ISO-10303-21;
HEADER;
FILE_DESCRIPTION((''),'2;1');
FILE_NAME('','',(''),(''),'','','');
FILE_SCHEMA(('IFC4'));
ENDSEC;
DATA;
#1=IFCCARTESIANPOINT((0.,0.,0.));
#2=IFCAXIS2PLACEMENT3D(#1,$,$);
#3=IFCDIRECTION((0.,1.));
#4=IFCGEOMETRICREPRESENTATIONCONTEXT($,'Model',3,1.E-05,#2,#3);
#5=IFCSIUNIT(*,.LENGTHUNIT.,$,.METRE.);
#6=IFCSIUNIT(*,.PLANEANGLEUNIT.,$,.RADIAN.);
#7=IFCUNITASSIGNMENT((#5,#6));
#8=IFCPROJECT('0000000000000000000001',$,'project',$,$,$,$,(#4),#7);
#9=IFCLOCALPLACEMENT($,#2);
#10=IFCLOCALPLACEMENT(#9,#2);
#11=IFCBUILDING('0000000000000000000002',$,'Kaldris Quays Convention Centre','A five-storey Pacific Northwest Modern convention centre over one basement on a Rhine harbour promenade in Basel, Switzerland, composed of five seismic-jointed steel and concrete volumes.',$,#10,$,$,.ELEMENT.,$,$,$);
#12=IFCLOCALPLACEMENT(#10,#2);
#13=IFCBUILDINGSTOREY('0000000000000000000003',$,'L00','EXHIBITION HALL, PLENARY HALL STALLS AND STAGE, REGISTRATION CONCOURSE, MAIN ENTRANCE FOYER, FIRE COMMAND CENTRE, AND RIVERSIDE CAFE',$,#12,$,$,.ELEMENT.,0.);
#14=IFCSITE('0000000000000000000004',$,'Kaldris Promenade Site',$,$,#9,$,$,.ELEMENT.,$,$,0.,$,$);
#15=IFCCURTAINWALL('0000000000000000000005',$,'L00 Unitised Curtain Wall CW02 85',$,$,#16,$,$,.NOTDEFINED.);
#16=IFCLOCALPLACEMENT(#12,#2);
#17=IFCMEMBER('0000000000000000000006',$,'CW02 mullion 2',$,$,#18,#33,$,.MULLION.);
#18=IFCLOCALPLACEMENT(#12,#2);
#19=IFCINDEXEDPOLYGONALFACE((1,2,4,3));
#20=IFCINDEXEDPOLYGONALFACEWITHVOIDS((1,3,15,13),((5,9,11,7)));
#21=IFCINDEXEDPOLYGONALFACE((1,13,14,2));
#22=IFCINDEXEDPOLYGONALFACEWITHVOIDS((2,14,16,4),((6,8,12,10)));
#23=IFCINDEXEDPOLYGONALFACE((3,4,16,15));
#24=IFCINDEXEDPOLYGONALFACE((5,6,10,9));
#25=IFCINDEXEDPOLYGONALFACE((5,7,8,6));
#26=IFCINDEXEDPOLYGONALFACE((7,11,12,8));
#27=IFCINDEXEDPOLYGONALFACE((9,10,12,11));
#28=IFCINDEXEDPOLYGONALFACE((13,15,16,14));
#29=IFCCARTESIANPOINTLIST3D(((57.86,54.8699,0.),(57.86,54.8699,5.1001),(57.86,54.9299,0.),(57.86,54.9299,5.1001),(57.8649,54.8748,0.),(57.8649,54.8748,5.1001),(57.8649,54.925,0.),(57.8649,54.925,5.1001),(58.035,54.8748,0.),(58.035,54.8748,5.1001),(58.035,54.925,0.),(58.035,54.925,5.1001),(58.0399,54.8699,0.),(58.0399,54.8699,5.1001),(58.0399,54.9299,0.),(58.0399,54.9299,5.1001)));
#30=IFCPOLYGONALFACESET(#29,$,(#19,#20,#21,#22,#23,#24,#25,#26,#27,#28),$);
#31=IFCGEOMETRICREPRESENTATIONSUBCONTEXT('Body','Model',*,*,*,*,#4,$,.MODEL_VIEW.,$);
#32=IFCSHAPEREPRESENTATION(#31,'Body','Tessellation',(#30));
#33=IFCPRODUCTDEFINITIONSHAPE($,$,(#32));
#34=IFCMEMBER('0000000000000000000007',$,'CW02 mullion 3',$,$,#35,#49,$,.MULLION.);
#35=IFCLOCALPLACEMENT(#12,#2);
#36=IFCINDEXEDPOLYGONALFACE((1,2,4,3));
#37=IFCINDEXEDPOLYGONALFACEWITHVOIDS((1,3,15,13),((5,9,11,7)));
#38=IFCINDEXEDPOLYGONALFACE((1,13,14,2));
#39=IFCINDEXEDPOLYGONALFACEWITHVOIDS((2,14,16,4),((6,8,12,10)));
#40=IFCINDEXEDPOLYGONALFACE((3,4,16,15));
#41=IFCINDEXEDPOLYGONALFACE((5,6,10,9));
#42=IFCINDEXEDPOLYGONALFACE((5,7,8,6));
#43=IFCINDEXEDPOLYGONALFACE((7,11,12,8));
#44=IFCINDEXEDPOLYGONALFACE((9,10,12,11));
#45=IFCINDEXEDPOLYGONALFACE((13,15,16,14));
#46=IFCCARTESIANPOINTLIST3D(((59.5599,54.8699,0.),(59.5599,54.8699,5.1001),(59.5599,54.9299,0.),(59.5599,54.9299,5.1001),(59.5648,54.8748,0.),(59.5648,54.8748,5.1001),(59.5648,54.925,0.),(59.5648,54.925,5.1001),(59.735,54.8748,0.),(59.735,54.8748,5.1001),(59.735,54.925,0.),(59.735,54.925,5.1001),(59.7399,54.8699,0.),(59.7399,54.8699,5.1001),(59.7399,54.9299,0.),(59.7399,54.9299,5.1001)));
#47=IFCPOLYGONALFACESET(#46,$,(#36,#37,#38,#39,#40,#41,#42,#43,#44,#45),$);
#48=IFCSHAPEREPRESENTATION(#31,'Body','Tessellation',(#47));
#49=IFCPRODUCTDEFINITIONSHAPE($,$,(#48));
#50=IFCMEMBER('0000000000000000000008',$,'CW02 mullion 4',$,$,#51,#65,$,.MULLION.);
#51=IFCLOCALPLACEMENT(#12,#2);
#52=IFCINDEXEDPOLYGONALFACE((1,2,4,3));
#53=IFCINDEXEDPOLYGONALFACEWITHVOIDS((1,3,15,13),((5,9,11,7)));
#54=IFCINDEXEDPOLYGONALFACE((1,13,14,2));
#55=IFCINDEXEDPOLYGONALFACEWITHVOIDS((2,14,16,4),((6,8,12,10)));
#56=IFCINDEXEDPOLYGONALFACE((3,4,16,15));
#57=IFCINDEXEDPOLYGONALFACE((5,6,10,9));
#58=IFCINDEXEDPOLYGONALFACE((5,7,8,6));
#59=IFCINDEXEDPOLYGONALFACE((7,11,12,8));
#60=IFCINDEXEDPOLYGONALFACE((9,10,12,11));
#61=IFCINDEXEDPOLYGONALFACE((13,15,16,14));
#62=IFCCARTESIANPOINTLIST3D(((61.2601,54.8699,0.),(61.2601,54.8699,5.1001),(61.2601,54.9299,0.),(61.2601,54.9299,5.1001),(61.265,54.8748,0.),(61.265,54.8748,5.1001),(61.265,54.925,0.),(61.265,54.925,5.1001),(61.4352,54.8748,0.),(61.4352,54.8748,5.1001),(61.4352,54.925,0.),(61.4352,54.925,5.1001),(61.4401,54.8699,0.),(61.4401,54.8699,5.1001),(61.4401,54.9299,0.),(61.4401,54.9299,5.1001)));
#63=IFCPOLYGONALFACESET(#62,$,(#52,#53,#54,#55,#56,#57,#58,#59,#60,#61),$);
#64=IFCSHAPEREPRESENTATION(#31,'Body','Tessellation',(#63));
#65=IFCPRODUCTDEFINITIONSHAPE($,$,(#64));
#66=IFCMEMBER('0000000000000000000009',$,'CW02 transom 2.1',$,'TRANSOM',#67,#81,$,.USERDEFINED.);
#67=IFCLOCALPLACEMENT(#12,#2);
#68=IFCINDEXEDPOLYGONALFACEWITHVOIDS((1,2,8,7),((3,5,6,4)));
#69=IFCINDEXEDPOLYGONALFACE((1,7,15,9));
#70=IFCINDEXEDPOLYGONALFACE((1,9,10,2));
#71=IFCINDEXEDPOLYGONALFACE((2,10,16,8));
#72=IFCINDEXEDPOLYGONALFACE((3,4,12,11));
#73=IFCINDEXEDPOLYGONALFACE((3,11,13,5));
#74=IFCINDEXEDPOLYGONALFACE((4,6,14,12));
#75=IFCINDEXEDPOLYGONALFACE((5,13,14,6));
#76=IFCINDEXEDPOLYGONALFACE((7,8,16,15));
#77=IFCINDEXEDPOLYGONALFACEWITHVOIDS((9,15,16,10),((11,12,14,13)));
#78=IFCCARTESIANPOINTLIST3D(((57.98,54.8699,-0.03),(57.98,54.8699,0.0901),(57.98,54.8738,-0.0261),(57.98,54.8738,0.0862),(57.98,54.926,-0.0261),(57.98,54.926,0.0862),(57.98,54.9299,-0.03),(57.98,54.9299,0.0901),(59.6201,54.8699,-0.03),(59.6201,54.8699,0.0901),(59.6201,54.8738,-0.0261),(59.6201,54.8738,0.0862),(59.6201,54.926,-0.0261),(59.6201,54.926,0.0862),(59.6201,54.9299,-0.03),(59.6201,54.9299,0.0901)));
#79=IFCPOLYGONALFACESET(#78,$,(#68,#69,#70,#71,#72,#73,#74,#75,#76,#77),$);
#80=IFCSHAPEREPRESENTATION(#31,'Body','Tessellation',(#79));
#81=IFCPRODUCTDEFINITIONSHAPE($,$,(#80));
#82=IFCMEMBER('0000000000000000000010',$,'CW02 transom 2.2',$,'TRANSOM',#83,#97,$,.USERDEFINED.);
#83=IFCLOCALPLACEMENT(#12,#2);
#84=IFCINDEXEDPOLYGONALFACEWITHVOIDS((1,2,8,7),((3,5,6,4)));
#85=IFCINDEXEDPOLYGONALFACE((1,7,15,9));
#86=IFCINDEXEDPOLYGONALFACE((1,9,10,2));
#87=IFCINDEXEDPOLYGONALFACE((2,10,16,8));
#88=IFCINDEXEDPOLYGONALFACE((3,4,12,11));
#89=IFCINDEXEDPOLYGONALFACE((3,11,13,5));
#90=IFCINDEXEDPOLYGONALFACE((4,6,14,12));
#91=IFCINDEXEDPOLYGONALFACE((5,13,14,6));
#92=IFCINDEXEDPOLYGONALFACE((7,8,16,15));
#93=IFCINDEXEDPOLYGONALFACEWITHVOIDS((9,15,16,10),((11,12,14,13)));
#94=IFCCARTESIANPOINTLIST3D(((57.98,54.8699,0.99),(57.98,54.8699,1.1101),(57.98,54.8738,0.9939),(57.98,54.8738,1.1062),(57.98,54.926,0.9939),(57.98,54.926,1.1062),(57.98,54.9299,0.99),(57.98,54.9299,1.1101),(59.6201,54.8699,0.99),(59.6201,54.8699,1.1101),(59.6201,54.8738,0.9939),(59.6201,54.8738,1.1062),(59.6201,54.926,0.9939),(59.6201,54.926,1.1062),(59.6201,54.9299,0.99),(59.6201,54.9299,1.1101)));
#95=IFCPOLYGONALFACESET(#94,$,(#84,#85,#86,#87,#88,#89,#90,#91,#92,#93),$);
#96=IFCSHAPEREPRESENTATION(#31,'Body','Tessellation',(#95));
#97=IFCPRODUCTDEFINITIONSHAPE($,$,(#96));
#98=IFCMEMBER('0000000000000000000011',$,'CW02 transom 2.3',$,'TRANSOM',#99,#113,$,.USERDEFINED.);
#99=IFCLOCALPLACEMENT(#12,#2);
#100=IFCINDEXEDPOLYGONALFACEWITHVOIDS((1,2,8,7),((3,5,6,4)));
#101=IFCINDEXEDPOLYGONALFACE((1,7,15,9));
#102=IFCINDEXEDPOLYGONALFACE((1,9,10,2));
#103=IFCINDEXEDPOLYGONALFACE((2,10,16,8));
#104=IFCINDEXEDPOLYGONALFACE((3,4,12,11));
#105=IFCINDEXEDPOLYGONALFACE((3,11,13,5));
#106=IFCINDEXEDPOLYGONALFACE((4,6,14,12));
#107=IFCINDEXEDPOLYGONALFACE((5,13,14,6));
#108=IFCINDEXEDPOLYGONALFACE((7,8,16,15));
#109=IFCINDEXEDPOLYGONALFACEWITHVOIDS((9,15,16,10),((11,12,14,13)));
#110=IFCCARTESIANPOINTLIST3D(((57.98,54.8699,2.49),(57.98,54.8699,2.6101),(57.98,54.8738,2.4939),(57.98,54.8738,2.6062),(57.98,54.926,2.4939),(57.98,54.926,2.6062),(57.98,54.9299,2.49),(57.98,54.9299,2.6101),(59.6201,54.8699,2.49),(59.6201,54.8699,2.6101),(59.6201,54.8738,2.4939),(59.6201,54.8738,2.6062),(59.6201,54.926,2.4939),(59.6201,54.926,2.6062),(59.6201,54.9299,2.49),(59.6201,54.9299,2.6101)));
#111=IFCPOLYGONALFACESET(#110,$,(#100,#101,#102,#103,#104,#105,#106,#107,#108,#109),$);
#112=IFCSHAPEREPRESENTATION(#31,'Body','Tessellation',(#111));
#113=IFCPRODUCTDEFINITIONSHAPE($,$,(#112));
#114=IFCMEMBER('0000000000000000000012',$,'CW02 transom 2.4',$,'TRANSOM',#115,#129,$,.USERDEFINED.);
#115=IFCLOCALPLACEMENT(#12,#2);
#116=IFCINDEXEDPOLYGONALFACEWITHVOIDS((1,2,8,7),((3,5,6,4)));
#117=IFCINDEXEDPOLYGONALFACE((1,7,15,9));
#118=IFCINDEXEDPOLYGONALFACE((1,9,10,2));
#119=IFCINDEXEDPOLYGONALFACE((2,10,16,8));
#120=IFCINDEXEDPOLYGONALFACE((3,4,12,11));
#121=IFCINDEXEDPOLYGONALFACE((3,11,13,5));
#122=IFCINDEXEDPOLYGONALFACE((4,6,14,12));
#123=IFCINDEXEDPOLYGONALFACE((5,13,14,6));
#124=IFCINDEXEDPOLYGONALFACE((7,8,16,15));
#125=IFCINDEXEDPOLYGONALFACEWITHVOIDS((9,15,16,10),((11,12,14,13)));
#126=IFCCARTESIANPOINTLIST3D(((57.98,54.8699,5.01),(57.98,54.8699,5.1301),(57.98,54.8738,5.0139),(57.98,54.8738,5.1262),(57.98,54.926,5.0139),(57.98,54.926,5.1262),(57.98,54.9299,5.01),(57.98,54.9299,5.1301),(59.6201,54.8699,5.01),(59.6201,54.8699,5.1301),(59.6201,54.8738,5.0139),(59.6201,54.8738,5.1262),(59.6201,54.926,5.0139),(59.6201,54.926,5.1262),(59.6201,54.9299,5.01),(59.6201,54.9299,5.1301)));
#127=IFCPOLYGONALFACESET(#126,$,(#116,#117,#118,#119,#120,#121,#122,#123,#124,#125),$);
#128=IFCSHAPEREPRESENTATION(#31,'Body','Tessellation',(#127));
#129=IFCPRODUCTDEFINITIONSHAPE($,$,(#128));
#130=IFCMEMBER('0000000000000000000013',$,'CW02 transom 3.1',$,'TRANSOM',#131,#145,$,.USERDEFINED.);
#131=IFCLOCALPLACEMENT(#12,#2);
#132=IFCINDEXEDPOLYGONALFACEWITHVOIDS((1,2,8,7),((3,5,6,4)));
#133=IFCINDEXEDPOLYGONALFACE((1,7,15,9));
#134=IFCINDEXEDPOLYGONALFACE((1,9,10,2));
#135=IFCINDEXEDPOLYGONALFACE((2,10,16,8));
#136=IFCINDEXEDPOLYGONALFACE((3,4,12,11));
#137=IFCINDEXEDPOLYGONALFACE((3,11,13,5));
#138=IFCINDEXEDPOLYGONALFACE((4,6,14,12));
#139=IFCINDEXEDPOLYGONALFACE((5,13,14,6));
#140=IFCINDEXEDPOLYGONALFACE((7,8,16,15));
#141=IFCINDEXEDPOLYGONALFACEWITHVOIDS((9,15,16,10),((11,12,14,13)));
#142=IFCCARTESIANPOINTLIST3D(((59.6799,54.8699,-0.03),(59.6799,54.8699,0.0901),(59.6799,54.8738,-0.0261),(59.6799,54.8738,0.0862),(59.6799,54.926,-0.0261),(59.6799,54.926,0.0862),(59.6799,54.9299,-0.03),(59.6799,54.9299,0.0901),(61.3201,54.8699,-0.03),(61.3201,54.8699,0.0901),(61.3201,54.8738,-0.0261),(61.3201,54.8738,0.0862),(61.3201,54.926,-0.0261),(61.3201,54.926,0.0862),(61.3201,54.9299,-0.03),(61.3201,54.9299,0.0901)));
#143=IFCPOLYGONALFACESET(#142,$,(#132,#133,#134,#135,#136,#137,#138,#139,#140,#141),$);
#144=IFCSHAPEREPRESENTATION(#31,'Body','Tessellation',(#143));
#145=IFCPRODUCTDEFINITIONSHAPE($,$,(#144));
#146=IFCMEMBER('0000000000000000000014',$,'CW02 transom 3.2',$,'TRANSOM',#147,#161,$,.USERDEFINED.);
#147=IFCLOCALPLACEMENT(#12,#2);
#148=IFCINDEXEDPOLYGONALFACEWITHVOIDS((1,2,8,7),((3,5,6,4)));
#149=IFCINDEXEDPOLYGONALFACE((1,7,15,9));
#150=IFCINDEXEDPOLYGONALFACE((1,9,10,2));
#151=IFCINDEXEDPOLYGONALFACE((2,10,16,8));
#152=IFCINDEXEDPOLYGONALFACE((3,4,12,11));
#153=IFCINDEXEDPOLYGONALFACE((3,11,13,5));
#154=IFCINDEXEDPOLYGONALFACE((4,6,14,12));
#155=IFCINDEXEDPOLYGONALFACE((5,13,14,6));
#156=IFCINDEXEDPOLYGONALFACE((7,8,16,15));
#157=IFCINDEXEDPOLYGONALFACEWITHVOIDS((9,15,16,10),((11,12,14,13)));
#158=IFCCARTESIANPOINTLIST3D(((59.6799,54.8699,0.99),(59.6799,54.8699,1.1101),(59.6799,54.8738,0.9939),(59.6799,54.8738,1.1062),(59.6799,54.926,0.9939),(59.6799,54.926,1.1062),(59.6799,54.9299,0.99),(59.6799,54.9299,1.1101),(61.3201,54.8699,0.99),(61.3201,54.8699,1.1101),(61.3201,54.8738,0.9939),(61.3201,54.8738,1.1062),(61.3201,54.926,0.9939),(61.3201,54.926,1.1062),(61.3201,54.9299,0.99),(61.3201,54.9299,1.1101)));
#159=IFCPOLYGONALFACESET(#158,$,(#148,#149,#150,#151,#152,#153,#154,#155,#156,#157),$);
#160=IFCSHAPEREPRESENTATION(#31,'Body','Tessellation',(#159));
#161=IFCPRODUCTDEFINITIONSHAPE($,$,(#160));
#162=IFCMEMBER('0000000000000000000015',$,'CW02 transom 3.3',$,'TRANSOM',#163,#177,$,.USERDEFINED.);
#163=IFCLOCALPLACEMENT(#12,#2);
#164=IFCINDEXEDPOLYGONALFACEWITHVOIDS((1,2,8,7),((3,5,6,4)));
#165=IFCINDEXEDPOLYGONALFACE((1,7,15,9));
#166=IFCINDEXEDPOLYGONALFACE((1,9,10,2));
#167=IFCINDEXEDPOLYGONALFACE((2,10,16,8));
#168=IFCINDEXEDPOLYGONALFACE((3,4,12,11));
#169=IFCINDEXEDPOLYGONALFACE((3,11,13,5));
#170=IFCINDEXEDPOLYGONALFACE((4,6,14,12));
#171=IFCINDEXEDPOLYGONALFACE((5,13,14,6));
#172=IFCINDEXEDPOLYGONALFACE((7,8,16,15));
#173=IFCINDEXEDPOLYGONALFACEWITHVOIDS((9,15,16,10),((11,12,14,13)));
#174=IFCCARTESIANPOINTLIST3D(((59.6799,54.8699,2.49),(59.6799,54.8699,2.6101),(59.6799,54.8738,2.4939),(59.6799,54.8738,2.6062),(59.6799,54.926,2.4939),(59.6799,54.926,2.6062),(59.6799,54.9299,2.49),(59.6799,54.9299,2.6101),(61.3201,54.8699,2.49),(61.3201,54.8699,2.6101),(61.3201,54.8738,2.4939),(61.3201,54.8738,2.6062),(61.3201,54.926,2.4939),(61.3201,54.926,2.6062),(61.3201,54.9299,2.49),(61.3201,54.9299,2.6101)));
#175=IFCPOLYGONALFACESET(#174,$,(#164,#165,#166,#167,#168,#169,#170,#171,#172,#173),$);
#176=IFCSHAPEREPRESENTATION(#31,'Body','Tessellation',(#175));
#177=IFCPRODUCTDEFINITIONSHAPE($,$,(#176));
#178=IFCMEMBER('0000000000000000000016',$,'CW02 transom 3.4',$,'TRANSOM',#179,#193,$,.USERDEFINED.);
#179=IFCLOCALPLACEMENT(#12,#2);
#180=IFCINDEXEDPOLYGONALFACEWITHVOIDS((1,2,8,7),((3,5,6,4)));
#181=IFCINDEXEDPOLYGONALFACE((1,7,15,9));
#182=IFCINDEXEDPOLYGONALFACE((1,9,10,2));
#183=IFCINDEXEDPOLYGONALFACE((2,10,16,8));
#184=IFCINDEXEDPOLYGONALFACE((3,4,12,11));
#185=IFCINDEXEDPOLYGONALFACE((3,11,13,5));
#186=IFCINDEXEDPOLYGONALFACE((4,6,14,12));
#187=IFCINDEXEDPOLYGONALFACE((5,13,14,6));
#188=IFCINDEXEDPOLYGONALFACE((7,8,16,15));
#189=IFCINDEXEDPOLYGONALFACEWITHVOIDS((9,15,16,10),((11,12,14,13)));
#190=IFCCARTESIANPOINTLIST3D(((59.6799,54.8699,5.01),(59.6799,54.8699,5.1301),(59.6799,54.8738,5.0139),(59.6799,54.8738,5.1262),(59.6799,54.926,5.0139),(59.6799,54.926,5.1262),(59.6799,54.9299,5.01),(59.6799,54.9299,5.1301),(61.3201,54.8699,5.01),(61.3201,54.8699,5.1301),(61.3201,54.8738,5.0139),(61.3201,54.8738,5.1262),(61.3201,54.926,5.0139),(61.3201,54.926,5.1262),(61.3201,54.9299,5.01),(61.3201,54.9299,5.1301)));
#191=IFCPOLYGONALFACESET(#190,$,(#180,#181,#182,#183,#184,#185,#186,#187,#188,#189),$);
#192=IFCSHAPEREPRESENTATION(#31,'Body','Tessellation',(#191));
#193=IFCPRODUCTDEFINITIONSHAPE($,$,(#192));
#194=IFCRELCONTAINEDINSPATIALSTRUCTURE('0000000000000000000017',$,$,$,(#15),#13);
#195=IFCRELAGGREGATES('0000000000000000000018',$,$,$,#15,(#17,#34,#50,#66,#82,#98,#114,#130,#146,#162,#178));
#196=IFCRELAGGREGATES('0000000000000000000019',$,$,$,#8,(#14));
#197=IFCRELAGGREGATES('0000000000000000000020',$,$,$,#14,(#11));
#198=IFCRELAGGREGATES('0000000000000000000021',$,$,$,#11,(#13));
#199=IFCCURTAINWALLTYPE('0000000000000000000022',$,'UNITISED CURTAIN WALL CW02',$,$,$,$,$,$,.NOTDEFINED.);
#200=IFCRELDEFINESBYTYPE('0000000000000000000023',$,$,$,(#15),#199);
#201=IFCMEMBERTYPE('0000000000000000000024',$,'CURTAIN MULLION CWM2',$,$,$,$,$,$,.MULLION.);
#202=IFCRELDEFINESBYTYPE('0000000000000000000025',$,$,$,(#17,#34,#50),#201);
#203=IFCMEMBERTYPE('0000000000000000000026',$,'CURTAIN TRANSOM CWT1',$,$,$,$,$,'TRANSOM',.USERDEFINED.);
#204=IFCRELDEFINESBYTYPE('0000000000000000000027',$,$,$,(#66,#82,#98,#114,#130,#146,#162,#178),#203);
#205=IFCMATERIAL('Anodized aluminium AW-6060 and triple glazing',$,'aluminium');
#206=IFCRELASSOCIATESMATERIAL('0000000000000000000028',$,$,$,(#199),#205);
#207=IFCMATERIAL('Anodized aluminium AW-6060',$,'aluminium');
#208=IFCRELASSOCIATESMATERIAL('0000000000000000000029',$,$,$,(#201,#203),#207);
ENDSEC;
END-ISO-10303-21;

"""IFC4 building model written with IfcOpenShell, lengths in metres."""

from ifc_helpers import new_model, si_unit, direction, frame, origin, origin_2d, place, context, subcontext, project, spatial, hollow_rectangle, extrude, material, material_profile, profile_set, type_object, element, aggregate, save


model = new_model("IFC4")

# Units and contexts
model_context = context("Model", 3, precision=1e-05, world=origin(), true_north=direction((0.0, 1.0)))
body_context = subcontext(model_context, "Body", "Model", "MODEL_VIEW")
ifc_project = project(units=[si_unit("LENGTHUNIT", "METRE"), si_unit("PLANEANGLEUNIT", "RADIAN")], contexts=[model_context])

# Site, building, storey
site_placement = place(None, origin())
site = spatial("IfcSite", under=ifc_project, at=site_placement, Name="Kaldris Promenade Site", CompositionType="ELEMENT", RefElevation=0.0)
building_placement = place(site_placement, origin())
building = spatial("IfcBuilding", under=site, at=building_placement, Name="Kaldris Quays Convention Centre", Description="A five-storey Pacific Northwest Modern convention centre over one basement on a Rhine harbour promenade in Basel, Switzerland, composed of five seismic-jointed steel and concrete volumes.", CompositionType="ELEMENT")
storey_placement = place(building_placement, origin())
storey = spatial("IfcBuildingStorey", under=building, at=storey_placement, Name="L00", Description="EXHIBITION HALL, PLENARY HALL STALLS AND STAGE, REGISTRATION CONCOURSE, MAIN ENTRANCE FOYER, FIRE COMMAND CENTRE, AND RIVERSIDE CAFE", CompositionType="ELEMENT", Elevation=0.0)

# Curtain wall, members
ifc_material_1 = material(Name="Anodized aluminium AW-6060 and triple glazing", Category="aluminium")
curtain_wall_type = type_object("IfcCurtainWallType", Name="UNITISED CURTAIN WALL CW02", PredefinedType="NOTDEFINED", material=ifc_material_1)
curtain_wall_placement = place(storey_placement, origin())
curtain_wall = element("IfcCurtainWall", 1, at=curtain_wall_placement, inside=storey, type_object=curtain_wall_type, Name="L00 Unitised Curtain Wall CW02 85", PredefinedType="NOTDEFINED")
ifc_material_2 = material(Name="Anodized aluminium AW-6060", Category="aluminium")
ifc_material_profile_1 = material_profile(ifc_material_2, hollow_rectangle(XDim=0.0601, YDim=0.1799, WallThickness=0.0049, at=origin_2d()), Name="RHS 180x60x5")
ifc_profile_set_1 = profile_set([ifc_material_profile_1], Name="Anodized aluminium AW-6060")
member_type_1 = type_object("IfcMemberType", Name="CURTAIN MULLION CWM2", PredefinedType="MULLION", material=ifc_profile_set_1)
member_1_placement = place(storey_placement, frame((57.95, 54.8999, 0.0), z_axis=(0.0, 0.0, 1.0), x_axis=(0.0, 1.0, 0.0)))
member_1 = element("IfcMember", 2, at=member_1_placement, type_object=member_type_1, Name="CW02 mullion 2", PredefinedType="MULLION", context=body_context, shape_type="SweptSolid", body=[
    extrude(hollow_rectangle(XDim=0.0601, YDim=0.1799, WallThickness=0.0049, at=origin_2d()), origin(), (0.0, 0.0, 1.0), 5.1001),
])
member_2_placement = place(storey_placement, frame((59.6499, 54.8999, 0.0), z_axis=(0.0, 0.0, 1.0), x_axis=(0.0, 1.0, 0.0)))
member_2 = element("IfcMember", 3, at=member_2_placement, type_object=member_type_1, Name="CW02 mullion 3", PredefinedType="MULLION", context=body_context, shape_type="SweptSolid", body=[
    extrude(hollow_rectangle(XDim=0.0601, YDim=0.1799, WallThickness=0.0049, at=origin_2d()), origin(), (0.0, 0.0, 1.0), 5.1001),
])
member_3_placement = place(storey_placement, frame((61.3501, 54.8999, 0.0), z_axis=(0.0, 0.0, 1.0), x_axis=(0.0, 1.0, 0.0)))
member_3 = element("IfcMember", 4, at=member_3_placement, type_object=member_type_1, Name="CW02 mullion 4", PredefinedType="MULLION", context=body_context, shape_type="SweptSolid", body=[
    extrude(hollow_rectangle(XDim=0.0601, YDim=0.1799, WallThickness=0.0049, at=origin_2d()), origin(), (0.0, 0.0, 1.0), 5.1001),
])
ifc_material_profile_2 = material_profile(ifc_material_2, hollow_rectangle(XDim=0.0601, YDim=0.1201, WallThickness=0.0039, at=origin_2d()), Name="RHS 120x60x4")
ifc_profile_set_2 = profile_set([ifc_material_profile_2], Name="Anodized aluminium AW-6060")
member_type_2 = type_object("IfcMemberType", Name="CURTAIN TRANSOM CWT1", ElementType="TRANSOM", PredefinedType="USERDEFINED", material=ifc_profile_set_2)
member_4_placement = place(storey_placement, frame((57.98, 54.8999, 0.03), z_axis=(1.0, 0.0, 0.0), x_axis=(0.0, 1.0, 0.0)))
member_4 = element("IfcMember", 5, at=member_4_placement, type_object=member_type_2, Name="CW02 transom 2.1", ObjectType="TRANSOM", PredefinedType="USERDEFINED", context=body_context, shape_type="SweptSolid", body=[
    extrude(hollow_rectangle(XDim=0.0601, YDim=0.1201, WallThickness=0.0039, at=origin_2d()), origin(), (0.0, 0.0, 1.0), 1.6401),
])
member_5_placement = place(storey_placement, frame((57.98, 54.8999, 1.05), z_axis=(1.0, 0.0, 0.0), x_axis=(0.0, 1.0, 0.0)))
member_5 = element("IfcMember", 6, at=member_5_placement, type_object=member_type_2, Name="CW02 transom 2.2", ObjectType="TRANSOM", PredefinedType="USERDEFINED", context=body_context, shape_type="SweptSolid", body=[
    extrude(hollow_rectangle(XDim=0.0601, YDim=0.1201, WallThickness=0.0039, at=origin_2d()), origin(), (0.0, 0.0, 1.0), 1.6401),
])
member_6_placement = place(storey_placement, frame((57.98, 54.8999, 2.55), z_axis=(1.0, 0.0, 0.0), x_axis=(0.0, 1.0, 0.0)))
member_6 = element("IfcMember", 7, at=member_6_placement, type_object=member_type_2, Name="CW02 transom 2.3", ObjectType="TRANSOM", PredefinedType="USERDEFINED", context=body_context, shape_type="SweptSolid", body=[
    extrude(hollow_rectangle(XDim=0.0601, YDim=0.1201, WallThickness=0.0039, at=origin_2d()), origin(), (0.0, 0.0, 1.0), 1.6401),
])
member_7_placement = place(storey_placement, frame((57.98, 54.8999, 5.0701), z_axis=(1.0, 0.0, 0.0), x_axis=(0.0, 1.0, 0.0)))
member_7 = element("IfcMember", 8, at=member_7_placement, type_object=member_type_2, Name="CW02 transom 2.4", ObjectType="TRANSOM", PredefinedType="USERDEFINED", context=body_context, shape_type="SweptSolid", body=[
    extrude(hollow_rectangle(XDim=0.0601, YDim=0.1201, WallThickness=0.0039, at=origin_2d()), origin(), (0.0, 0.0, 1.0), 1.6401),
])
member_8_placement = place(storey_placement, frame((59.6799, 54.8999, 0.03), z_axis=(1.0, 0.0, 0.0), x_axis=(0.0, 1.0, 0.0)))
member_8 = element("IfcMember", 9, at=member_8_placement, type_object=member_type_2, Name="CW02 transom 3.1", ObjectType="TRANSOM", PredefinedType="USERDEFINED", context=body_context, shape_type="SweptSolid", body=[
    extrude(hollow_rectangle(XDim=0.0601, YDim=0.1201, WallThickness=0.0039, at=origin_2d()), origin(), (0.0, 0.0, 1.0), 1.6401),
])
member_9_placement = place(storey_placement, frame((59.6799, 54.8999, 1.05), z_axis=(1.0, 0.0, 0.0), x_axis=(0.0, 1.0, 0.0)))
member_9 = element("IfcMember", 10, at=member_9_placement, type_object=member_type_2, Name="CW02 transom 3.2", ObjectType="TRANSOM", PredefinedType="USERDEFINED", context=body_context, shape_type="SweptSolid", body=[
    extrude(hollow_rectangle(XDim=0.0601, YDim=0.1201, WallThickness=0.0039, at=origin_2d()), origin(), (0.0, 0.0, 1.0), 1.6401),
])
member_10_placement = place(storey_placement, frame((59.6799, 54.8999, 2.55), z_axis=(1.0, 0.0, 0.0), x_axis=(0.0, 1.0, 0.0)))
member_10 = element("IfcMember", 11, at=member_10_placement, type_object=member_type_2, Name="CW02 transom 3.3", ObjectType="TRANSOM", PredefinedType="USERDEFINED", context=body_context, shape_type="SweptSolid", body=[
    extrude(hollow_rectangle(XDim=0.0601, YDim=0.1201, WallThickness=0.0039, at=origin_2d()), origin(), (0.0, 0.0, 1.0), 1.6401),
])
member_11_placement = place(storey_placement, frame((59.6799, 54.8999, 5.0701), z_axis=(1.0, 0.0, 0.0), x_axis=(0.0, 1.0, 0.0)))
member_11 = element("IfcMember", 12, at=member_11_placement, type_object=member_type_2, Name="CW02 transom 3.4", ObjectType="TRANSOM", PredefinedType="USERDEFINED", context=body_context, shape_type="SweptSolid", body=[
    extrude(hollow_rectangle(XDim=0.0601, YDim=0.1201, WallThickness=0.0039, at=origin_2d()), origin(), (0.0, 0.0, 1.0), 1.6401),
])
aggregate(curtain_wall, [member_1, member_2, member_3, member_4, member_5, member_6, member_7, member_8, member_9, member_10, member_11])

save(model, "model.ifc")
